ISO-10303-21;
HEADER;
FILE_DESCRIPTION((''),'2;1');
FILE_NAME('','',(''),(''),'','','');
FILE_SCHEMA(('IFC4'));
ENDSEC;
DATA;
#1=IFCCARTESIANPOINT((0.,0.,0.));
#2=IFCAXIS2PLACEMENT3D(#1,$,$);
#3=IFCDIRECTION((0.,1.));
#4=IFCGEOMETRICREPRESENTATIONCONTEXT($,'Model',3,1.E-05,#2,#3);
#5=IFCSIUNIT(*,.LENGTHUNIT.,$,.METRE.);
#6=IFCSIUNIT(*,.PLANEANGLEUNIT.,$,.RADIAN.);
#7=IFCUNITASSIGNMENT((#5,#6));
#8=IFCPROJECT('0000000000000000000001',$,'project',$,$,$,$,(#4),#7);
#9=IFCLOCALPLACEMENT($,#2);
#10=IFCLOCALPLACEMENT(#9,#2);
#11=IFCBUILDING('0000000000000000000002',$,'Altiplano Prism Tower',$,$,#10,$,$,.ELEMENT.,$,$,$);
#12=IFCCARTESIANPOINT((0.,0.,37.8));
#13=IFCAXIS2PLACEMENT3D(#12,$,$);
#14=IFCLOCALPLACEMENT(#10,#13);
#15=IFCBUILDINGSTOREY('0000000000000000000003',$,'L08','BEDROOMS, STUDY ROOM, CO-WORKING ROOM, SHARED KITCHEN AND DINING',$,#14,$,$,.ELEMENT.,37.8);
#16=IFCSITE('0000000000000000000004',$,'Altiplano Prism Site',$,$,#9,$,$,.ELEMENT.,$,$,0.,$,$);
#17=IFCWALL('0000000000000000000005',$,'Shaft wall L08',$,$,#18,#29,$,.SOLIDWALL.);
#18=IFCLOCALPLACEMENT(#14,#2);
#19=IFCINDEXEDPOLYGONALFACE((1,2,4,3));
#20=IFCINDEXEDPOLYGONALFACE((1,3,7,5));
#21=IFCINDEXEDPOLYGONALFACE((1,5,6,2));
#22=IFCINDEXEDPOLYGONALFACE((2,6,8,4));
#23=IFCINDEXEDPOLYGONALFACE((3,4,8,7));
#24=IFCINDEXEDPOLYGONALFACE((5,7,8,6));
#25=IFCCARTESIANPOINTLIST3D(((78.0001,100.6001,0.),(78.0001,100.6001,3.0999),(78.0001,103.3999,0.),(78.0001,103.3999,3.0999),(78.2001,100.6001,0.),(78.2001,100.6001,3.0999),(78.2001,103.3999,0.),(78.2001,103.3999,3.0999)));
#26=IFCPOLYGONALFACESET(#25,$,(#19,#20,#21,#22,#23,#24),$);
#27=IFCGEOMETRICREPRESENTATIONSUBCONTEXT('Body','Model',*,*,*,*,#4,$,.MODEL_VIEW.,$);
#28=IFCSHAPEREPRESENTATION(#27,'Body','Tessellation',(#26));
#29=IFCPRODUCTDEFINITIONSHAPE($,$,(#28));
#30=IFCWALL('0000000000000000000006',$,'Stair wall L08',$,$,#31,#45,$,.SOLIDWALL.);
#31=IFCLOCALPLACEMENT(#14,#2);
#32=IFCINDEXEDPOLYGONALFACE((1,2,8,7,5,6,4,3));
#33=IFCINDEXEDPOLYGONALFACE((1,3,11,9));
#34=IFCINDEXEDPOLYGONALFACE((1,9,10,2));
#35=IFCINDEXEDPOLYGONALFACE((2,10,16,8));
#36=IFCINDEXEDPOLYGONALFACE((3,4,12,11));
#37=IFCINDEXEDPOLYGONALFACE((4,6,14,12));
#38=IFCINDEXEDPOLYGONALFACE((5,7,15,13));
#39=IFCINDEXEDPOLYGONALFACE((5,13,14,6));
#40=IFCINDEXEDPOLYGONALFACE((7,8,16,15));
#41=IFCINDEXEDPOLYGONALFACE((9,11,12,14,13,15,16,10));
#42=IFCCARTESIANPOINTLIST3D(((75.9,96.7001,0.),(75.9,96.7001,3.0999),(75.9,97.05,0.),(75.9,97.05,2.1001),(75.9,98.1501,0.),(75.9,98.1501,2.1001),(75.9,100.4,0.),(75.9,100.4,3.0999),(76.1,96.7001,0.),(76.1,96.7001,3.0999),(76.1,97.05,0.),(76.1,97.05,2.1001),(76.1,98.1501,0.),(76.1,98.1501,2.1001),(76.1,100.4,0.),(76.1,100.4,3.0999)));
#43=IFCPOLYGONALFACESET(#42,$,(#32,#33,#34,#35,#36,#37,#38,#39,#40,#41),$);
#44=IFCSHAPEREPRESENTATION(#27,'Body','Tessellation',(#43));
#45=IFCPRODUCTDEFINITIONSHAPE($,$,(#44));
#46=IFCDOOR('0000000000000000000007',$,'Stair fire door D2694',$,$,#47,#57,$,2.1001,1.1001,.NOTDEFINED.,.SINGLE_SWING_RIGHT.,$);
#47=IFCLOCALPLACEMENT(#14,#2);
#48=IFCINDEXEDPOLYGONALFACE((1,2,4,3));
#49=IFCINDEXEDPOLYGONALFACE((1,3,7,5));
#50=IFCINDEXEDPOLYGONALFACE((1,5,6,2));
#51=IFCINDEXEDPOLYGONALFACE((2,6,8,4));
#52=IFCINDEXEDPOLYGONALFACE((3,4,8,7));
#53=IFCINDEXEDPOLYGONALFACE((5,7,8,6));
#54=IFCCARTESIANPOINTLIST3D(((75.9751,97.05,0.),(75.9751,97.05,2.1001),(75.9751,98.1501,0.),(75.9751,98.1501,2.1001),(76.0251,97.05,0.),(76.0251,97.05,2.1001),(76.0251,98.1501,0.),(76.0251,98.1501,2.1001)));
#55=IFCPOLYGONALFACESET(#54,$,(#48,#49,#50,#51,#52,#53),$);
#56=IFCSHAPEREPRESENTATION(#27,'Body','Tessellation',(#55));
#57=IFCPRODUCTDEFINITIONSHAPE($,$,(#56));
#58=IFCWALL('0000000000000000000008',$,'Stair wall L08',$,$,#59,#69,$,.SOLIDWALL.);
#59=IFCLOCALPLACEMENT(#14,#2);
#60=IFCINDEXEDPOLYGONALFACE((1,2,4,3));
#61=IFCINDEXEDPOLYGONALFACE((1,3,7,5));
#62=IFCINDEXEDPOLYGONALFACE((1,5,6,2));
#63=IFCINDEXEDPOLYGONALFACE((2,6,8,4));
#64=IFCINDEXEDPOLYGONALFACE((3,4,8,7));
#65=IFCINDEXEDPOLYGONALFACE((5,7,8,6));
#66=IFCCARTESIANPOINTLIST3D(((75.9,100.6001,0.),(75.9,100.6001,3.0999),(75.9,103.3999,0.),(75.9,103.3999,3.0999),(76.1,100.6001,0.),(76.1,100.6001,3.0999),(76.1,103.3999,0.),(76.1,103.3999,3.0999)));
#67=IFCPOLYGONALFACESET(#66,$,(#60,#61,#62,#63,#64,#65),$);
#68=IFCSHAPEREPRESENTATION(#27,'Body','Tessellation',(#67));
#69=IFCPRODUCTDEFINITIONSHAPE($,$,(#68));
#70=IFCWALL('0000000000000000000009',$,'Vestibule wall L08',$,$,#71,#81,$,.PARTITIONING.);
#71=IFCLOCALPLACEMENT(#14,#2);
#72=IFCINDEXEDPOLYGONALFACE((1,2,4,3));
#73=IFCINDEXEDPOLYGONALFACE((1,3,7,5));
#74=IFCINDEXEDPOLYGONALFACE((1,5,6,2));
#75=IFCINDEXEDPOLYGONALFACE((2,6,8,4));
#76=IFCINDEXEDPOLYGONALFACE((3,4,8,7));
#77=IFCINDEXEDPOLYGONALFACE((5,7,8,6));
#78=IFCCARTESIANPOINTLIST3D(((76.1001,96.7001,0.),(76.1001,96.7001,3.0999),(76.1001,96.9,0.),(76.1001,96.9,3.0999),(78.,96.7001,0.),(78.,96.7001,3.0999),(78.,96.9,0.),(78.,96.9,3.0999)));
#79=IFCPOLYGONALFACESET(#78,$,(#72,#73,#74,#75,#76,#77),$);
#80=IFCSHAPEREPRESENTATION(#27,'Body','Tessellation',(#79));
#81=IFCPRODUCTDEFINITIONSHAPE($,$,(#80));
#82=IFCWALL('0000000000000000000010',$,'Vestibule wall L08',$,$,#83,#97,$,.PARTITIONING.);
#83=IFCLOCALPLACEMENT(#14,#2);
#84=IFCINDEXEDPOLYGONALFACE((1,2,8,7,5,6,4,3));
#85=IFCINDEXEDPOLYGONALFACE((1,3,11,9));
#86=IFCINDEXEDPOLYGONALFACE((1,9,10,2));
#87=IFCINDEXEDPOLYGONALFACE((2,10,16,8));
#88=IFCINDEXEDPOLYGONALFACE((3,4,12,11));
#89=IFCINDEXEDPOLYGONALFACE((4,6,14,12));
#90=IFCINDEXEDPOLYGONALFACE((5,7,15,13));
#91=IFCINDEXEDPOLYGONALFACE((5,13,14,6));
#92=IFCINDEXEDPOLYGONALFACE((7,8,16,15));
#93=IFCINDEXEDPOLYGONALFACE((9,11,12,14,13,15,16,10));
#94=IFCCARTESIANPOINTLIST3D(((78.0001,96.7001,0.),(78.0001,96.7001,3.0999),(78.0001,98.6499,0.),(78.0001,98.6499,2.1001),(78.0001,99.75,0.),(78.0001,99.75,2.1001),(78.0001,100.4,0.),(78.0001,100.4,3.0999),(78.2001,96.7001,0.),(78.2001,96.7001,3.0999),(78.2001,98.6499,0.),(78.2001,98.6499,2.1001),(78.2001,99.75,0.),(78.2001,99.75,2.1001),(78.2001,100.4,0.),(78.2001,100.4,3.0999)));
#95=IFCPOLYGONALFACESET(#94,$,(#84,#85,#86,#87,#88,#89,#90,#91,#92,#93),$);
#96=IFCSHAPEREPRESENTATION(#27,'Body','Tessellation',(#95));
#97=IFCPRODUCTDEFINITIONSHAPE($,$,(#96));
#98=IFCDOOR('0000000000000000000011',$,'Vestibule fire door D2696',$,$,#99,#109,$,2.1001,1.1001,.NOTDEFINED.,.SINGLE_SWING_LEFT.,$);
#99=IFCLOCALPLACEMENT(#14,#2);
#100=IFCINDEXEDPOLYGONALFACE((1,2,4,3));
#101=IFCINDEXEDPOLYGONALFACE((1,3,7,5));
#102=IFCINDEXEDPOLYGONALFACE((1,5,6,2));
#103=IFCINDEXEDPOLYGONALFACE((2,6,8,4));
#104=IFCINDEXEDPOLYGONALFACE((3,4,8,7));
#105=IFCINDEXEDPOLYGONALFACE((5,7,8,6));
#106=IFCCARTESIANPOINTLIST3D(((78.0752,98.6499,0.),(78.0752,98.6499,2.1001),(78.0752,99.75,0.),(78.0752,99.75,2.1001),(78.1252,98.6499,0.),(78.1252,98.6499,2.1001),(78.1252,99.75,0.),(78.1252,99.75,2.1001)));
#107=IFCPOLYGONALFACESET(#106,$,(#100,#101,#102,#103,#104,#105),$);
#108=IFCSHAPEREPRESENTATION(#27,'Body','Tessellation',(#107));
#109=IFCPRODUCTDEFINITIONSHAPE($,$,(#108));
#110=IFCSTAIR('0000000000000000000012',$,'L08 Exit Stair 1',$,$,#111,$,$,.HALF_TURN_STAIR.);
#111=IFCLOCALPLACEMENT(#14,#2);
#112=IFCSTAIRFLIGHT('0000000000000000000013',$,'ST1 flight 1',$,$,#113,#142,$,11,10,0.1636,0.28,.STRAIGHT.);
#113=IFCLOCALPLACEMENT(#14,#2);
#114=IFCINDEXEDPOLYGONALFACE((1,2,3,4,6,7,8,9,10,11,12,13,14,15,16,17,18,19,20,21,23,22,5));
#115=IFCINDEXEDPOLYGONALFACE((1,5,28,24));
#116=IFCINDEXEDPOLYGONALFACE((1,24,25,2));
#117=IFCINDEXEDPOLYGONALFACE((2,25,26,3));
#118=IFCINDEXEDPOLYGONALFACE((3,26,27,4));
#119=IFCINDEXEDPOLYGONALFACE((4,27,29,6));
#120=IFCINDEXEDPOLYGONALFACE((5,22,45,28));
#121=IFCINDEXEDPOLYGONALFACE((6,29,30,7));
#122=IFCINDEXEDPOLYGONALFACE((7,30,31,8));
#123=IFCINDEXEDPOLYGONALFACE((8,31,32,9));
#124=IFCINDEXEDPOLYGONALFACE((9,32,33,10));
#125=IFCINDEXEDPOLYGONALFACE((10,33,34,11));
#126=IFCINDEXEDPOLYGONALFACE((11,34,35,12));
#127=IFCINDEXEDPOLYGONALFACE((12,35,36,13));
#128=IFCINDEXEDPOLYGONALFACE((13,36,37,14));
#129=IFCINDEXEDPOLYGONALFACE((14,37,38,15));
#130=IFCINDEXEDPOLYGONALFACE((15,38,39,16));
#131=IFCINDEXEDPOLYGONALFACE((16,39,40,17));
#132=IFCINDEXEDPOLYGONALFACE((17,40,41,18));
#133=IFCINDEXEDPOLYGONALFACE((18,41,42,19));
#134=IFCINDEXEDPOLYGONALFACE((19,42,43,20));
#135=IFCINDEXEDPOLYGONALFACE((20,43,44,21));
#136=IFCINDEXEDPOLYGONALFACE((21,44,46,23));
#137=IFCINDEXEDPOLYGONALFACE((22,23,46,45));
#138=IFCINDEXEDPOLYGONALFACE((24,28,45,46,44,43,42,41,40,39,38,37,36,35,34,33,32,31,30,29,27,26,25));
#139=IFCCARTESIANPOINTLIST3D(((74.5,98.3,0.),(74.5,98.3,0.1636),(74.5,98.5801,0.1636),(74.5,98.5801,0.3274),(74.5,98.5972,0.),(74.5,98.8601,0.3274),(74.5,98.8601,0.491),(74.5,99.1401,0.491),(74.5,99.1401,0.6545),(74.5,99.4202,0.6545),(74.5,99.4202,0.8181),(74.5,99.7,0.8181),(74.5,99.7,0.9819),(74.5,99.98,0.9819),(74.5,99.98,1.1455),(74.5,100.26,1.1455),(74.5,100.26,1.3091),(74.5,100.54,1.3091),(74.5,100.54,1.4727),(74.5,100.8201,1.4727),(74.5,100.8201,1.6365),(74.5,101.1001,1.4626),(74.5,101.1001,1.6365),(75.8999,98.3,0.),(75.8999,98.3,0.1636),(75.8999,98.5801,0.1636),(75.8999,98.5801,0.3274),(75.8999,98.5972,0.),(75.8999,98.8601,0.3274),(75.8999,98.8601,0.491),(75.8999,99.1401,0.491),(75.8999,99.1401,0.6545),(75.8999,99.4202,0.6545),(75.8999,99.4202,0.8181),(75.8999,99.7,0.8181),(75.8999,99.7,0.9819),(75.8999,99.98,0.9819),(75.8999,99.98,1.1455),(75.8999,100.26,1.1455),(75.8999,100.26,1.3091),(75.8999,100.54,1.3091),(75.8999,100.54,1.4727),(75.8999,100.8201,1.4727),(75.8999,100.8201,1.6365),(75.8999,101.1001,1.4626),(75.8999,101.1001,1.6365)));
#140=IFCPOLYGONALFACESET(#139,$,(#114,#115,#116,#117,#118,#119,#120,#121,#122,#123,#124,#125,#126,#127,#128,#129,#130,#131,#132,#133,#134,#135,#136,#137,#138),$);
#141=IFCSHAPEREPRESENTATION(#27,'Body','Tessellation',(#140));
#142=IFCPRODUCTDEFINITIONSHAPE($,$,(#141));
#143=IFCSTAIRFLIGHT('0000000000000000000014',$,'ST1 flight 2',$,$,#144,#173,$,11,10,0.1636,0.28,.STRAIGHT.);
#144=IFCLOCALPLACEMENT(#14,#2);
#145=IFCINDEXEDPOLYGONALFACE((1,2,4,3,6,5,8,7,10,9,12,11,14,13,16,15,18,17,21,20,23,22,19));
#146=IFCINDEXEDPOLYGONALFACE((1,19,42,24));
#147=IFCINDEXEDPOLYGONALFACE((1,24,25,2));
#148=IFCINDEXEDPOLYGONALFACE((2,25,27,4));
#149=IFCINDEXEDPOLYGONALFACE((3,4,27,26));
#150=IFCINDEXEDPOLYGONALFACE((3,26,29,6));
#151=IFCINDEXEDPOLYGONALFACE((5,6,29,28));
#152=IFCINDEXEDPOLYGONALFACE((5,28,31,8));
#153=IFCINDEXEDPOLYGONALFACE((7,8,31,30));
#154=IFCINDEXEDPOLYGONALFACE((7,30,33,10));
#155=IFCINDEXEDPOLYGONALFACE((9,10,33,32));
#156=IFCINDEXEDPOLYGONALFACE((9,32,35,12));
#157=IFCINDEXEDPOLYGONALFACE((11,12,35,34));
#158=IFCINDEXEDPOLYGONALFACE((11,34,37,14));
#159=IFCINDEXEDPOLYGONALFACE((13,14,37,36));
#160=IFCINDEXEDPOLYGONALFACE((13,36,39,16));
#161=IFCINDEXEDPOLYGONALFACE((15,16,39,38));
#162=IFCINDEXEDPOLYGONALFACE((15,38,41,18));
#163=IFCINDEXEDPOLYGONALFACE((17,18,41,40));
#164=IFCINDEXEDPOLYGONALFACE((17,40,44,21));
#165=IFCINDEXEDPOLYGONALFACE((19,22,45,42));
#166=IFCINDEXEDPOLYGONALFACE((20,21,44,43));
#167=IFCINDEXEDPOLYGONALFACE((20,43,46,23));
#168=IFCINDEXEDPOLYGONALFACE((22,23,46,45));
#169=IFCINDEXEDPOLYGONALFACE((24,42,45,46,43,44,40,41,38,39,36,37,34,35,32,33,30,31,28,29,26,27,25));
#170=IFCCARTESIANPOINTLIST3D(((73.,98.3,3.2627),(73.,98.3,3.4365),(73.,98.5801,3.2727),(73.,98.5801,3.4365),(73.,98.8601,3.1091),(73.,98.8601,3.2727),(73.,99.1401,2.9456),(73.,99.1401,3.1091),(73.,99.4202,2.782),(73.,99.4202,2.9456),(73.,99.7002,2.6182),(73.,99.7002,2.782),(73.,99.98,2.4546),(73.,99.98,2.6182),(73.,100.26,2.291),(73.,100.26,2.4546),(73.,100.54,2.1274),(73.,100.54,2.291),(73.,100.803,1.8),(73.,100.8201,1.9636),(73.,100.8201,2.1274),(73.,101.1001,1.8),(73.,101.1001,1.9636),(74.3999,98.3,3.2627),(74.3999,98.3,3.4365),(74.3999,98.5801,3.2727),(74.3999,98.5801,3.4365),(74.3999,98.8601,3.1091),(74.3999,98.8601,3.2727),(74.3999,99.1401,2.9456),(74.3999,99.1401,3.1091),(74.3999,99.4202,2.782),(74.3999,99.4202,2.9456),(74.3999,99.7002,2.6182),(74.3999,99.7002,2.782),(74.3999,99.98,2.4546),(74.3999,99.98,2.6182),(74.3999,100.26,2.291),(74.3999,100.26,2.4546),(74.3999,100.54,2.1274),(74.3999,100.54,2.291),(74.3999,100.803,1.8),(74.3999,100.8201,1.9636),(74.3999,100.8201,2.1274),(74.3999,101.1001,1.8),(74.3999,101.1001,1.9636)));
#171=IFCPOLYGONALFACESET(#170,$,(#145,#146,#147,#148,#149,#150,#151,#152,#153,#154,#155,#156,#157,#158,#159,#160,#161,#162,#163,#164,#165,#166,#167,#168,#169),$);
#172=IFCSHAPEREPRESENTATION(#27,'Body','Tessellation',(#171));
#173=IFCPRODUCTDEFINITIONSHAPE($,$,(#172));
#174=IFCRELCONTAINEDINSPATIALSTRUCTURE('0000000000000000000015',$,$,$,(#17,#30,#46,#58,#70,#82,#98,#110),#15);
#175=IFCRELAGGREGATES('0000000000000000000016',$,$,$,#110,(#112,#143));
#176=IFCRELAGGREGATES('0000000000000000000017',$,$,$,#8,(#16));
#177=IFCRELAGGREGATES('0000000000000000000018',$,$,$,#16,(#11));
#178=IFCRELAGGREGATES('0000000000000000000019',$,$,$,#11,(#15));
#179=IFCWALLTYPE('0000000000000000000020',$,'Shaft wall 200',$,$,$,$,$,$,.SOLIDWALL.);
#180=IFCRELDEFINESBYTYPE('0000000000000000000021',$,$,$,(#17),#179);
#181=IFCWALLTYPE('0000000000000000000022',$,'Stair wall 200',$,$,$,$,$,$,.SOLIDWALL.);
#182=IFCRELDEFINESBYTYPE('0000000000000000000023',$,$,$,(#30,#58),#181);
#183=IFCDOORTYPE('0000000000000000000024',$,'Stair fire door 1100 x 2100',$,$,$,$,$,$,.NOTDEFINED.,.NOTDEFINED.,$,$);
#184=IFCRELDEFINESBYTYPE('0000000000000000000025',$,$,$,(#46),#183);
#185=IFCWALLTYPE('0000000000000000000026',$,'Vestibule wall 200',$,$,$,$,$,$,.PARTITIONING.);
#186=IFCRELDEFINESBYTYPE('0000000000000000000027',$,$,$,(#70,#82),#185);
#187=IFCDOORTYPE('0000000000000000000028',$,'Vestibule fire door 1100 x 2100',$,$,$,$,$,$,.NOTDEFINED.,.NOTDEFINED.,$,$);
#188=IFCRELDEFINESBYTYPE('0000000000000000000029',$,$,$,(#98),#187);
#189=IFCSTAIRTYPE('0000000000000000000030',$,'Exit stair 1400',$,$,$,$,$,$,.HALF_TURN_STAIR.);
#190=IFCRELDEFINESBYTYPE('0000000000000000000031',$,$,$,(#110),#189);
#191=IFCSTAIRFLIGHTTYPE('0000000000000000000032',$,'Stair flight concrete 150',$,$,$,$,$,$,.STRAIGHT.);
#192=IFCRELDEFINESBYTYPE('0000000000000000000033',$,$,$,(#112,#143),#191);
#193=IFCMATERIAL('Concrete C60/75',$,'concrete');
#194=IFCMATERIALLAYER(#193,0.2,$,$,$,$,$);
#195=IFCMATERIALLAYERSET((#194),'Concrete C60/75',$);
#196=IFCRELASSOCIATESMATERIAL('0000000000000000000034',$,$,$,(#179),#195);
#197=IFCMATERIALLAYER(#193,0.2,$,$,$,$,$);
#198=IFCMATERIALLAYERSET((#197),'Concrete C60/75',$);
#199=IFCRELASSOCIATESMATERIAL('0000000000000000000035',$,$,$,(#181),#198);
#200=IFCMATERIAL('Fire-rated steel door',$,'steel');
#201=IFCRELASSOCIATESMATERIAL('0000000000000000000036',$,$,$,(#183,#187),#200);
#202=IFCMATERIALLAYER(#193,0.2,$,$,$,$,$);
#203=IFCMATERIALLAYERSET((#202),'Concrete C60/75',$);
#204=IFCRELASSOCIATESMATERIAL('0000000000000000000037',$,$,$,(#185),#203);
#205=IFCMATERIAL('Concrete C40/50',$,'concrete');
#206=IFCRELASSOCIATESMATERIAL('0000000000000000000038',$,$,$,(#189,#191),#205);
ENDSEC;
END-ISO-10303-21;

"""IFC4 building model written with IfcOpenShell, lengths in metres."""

from ifc_helpers import new_model, si_unit, direction, frame, frame_2d, origin, place, context, subcontext, project, spatial, polyline, rectangle, outline, extrude, material, layer, layer_set, type_object, element, fill, aggregate, save


model = new_model("IFC4")

# Units and contexts
model_context = context("Model", 3, precision=1e-05, world=origin(), true_north=direction((0.0, 1.0)))
body_context = subcontext(model_context, "Body", "Model", "MODEL_VIEW")
ifc_project = project(units=[si_unit("LENGTHUNIT", "METRE"), si_unit("PLANEANGLEUNIT", "RADIAN")], contexts=[model_context])

# Site, building, storey
site_placement = place(None, origin())
site = spatial("IfcSite", under=ifc_project, at=site_placement, Name="Altiplano Prism Site", CompositionType="ELEMENT", RefElevation=0.0)
building_placement = place(site_placement, origin())
building = spatial("IfcBuilding", under=site, at=building_placement, Name="Altiplano Prism Tower", CompositionType="ELEMENT")
storey_placement = place(building_placement, frame((0.0, 0.0, 37.8)))
storey = spatial("IfcBuildingStorey", under=building, at=storey_placement, Name="L08", Description="BEDROOMS, STUDY ROOM, CO-WORKING ROOM, SHARED KITCHEN AND DINING", CompositionType="ELEMENT", Elevation=37.8)

# Wall
ifc_material_1 = material(Name="Concrete C60/75", Category="concrete")
ifc_layer_1 = layer(ifc_material_1, 0.2)
ifc_layer_set_1 = layer_set([ifc_layer_1], Name="Concrete C60/75")
wall_type_1 = type_object("IfcWallType", Name="Shaft wall 200", PredefinedType="SOLIDWALL", material=ifc_layer_set_1)
wall_1_placement = place(storey_placement, frame((78.1001, 100.6001, 0.0), z_axis=(0.0, 0.0, 1.0), x_axis=(0.0, 1.0, 0.0)))
element("IfcWall", 1, at=wall_1_placement, inside=storey, type_object=wall_type_1, Name="Shaft wall L08", PredefinedType="SOLIDWALL", context=body_context, shape_type="SweptSolid", body=[
    extrude(rectangle(XDim=2.7998, YDim=0.2, at=frame_2d((1.3999, 0.0))), origin(), (0.0, 0.0, 1.0), 3.0999),
])

# Wall, opening, door
ifc_layer_2 = layer(ifc_material_1, 0.2)
ifc_layer_set_2 = layer_set([ifc_layer_2], Name="Concrete C60/75")
wall_type_2 = type_object("IfcWallType", Name="Stair wall 200", PredefinedType="SOLIDWALL", material=ifc_layer_set_2)
wall_2_placement = place(storey_placement, frame((76.0, 96.7, 0.0), z_axis=(0.0, 0.0, 1.0), x_axis=(0.0, 1.0, 0.0)))
wall_2 = element("IfcWall", 2, at=wall_2_placement, inside=storey, type_object=wall_type_2, Name="Stair wall L08", PredefinedType="SOLIDWALL", context=body_context, shape_type="SweptSolid", body=[
    extrude(rectangle(XDim=3.7, YDim=0.2, at=frame_2d((1.8501, 0.0))), origin(), (0.0, 0.0, 1.0), 3.0999),
])
opening_1_placement = place(wall_2_placement, frame((0.3501, 0.0, 0.0)))
opening_1 = element("IfcOpeningElement", 3, at=opening_1_placement, cuts=wall_2, PredefinedType="OPENING", context=body_context, shape_type="SweptSolid", body=[
    extrude(rectangle(XDim=1.1001, YDim=2.1001, at=frame_2d((0.55, 1.05))), frame((0.0, 0.1104, 0.0), z_axis=(0.0, -1.0, 0.0), x_axis=(1.0, 0.0, 0.0)), (0.0, 0.0, 1.0), 0.2209),
])
ifc_material_2 = material(Name="Fire-rated steel door", Category="steel")
door_type_1 = type_object("IfcDoorType", Name="Stair fire door 1100 x 2100", OperationType="NOTDEFINED", PredefinedType="NOTDEFINED", material=ifc_material_2)
door_1_placement = place(opening_1_placement, origin())
door_1 = element("IfcDoor", 4, at=door_1_placement, inside=storey, type_object=door_type_1, Name="Stair fire door D2694", OperationType="SINGLE_SWING_RIGHT", OverallHeight=2.1001, OverallWidth=1.1001, PredefinedType="NOTDEFINED", context=body_context, shape_type="SweptSolid", body=[
    extrude(rectangle(XDim=1.1001, YDim=2.1001, at=frame_2d((0.55, 1.05))), frame((0.0, 0.0249, 0.0), z_axis=(0.0, -1.0, 0.0), x_axis=(1.0, 0.0, 0.0)), (0.0, 0.0, 1.0), 0.05),
])
fill(opening_1, door_1)

# Walls
wall_3_placement = place(storey_placement, frame((76.0, 100.6001, 0.0), z_axis=(0.0, 0.0, 1.0), x_axis=(0.0, 1.0, 0.0)))
element("IfcWall", 5, at=wall_3_placement, inside=storey, type_object=wall_type_2, Name="Stair wall L08", PredefinedType="SOLIDWALL", context=body_context, shape_type="SweptSolid", body=[
    extrude(rectangle(XDim=2.7998, YDim=0.2, at=frame_2d((1.3999, 0.0))), origin(), (0.0, 0.0, 1.0), 3.0999),
])
ifc_layer_3 = layer(ifc_material_1, 0.2)
ifc_layer_set_3 = layer_set([ifc_layer_3], Name="Concrete C60/75")
wall_type_3 = type_object("IfcWallType", Name="Vestibule wall 200", PredefinedType="PARTITIONING", material=ifc_layer_set_3)
wall_4_placement = place(storey_placement, frame((76.1001, 96.8, 0.0), z_axis=(0.0, 0.0, 1.0), x_axis=(1.0, 0.0, 0.0)))
element("IfcWall", 6, at=wall_4_placement, inside=storey, type_object=wall_type_3, Name="Vestibule wall L08", PredefinedType="PARTITIONING", context=body_context, shape_type="SweptSolid", body=[
    extrude(rectangle(XDim=1.8999, YDim=0.2, at=frame_2d((0.95, 0.0))), origin(), (0.0, 0.0, 1.0), 3.0999),
])

# Wall, opening, door
wall_5_placement = place(storey_placement, frame((78.1001, 96.7, 0.0), z_axis=(0.0, 0.0, 1.0), x_axis=(0.0, 1.0, 0.0)))
wall_5 = element("IfcWall", 7, at=wall_5_placement, inside=storey, type_object=wall_type_3, Name="Vestibule wall L08", PredefinedType="PARTITIONING", context=body_context, shape_type="SweptSolid", body=[
    extrude(rectangle(XDim=3.7, YDim=0.2, at=frame_2d((1.8501, 0.0))), origin(), (0.0, 0.0, 1.0), 3.0999),
])
opening_2_placement = place(wall_5_placement, frame((1.95, 0.0, 0.0)))
opening_2 = element("IfcOpeningElement", 8, at=opening_2_placement, cuts=wall_5, PredefinedType="OPENING", context=body_context, shape_type="SweptSolid", body=[
    extrude(rectangle(XDim=1.1001, YDim=2.1001, at=frame_2d((0.55, 1.05))), frame((0.0, 0.1104, 0.0), z_axis=(0.0, -1.0, 0.0), x_axis=(1.0, 0.0, 0.0)), (0.0, 0.0, 1.0), 0.2209),
])
door_type_2 = type_object("IfcDoorType", Name="Vestibule fire door 1100 x 2100", OperationType="NOTDEFINED", PredefinedType="NOTDEFINED", material=ifc_material_2)
door_2_placement = place(opening_2_placement, origin())
door_2 = element("IfcDoor", 9, at=door_2_placement, inside=storey, type_object=door_type_2, Name="Vestibule fire door D2696", OperationType="SINGLE_SWING_LEFT", OverallHeight=2.1001, OverallWidth=1.1001, PredefinedType="NOTDEFINED", context=body_context, shape_type="SweptSolid", body=[
    extrude(rectangle(XDim=1.1001, YDim=2.1001, at=frame_2d((0.55, 1.05))), frame((0.0, 0.0249, 0.0), z_axis=(0.0, -1.0, 0.0), x_axis=(1.0, 0.0, 0.0)), (0.0, 0.0, 1.0), 0.05),
])
fill(opening_2, door_2)

# Stair, stair flights
ifc_material_3 = material(Name="Concrete C40/50", Category="concrete")
stair_type = type_object("IfcStairType", Name="Exit stair 1400", PredefinedType="HALF_TURN_STAIR", material=ifc_material_3)
stair_placement = place(storey_placement, origin())
stair = element("IfcStair", 10, at=stair_placement, inside=storey, type_object=stair_type, Name="L08 Exit Stair 1", PredefinedType="HALF_TURN_STAIR")
stair_flight_type = type_object("IfcStairFlightType", Name="Stair flight concrete 150", PredefinedType="STRAIGHT", material=ifc_material_3)
stair_flight_1_placement = place(storey_placement, frame((75.2, 98.3, 0.0), z_axis=(0.0, 0.0, 1.0), x_axis=(0.0, 1.0, 0.0)))
stair_flight_1 = element("IfcStairFlight", 11, at=stair_flight_1_placement, type_object=stair_flight_type, Name="ST1 flight 1", NumberOfRisers=11, NumberOfTreads=10, PredefinedType="STRAIGHT", RiserHeight=0.1636, TreadLength=0.28, context=body_context, shape_type="SweptSolid", body=[
    extrude(outline(polyline([(0.0, 0.0), (0.0, 0.1636), (0.28, 0.1636), (0.28, 0.3274), (0.5601, 0.3274), (0.5601, 0.491), (0.8401, 0.491), (0.8401, 0.6545), (1.1201, 0.6545), (1.1201, 0.8181), (1.3999, 0.8181), (1.3999, 0.9819), (1.6799, 0.9819), (1.6799, 1.1455), (1.96, 1.1455), (1.96, 1.3091), (2.24, 1.3091), (2.24, 1.4727), (2.52, 1.4727), (2.52, 1.6365), (2.8, 1.6365), (2.8, 1.8), (2.8, 1.4626), (0.2971, 0.0), (0.0, 0.0)])), frame((0.0, 0.7, 0.0), z_axis=(0.0, -1.0, 0.0), x_axis=(1.0, 0.0, 0.0)), (0.0, 0.0, 1.0), 1.3999),
])
stair_flight_2_placement = place(storey_placement, frame((73.7, 101.1001, 1.8), z_axis=(0.0, 0.0, 1.0), x_axis=(0.0, -1.0, 0.0)))
stair_flight_2 = element("IfcStairFlight", 12, at=stair_flight_2_placement, type_object=stair_flight_type, Name="ST1 flight 2", NumberOfRisers=11, NumberOfTreads=10, PredefinedType="STRAIGHT", RiserHeight=0.1636, TreadLength=0.28, context=body_context, shape_type="SweptSolid", body=[
    extrude(outline(polyline([(0.0, 0.0), (0.0, 0.1636), (0.28, 0.1636), (0.28, 0.3274), (0.5601, 0.3274), (0.5601, 0.491), (0.8401, 0.491), (0.8401, 0.6545), (1.1201, 0.6545), (1.1201, 0.8181), (1.3999, 0.8181), (1.3999, 0.9819), (1.6799, 0.9819), (1.6799, 1.1455), (1.96, 1.1455), (1.96, 1.3091), (2.24, 1.3091), (2.24, 1.4727), (2.52, 1.4727), (2.52, 1.6365), (2.8, 1.6365), (2.8, 1.8), (2.8, 1.4626), (0.2971, 0.0), (0.0, 0.0)])), frame((0.0, 0.7, 0.0), z_axis=(0.0, -1.0, 0.0), x_axis=(1.0, 0.0, 0.0)), (0.0, 0.0, 1.0), 1.3999),
])
aggregate(stair, [stair_flight_1, stair_flight_2])

save(model, "model.ifc")
